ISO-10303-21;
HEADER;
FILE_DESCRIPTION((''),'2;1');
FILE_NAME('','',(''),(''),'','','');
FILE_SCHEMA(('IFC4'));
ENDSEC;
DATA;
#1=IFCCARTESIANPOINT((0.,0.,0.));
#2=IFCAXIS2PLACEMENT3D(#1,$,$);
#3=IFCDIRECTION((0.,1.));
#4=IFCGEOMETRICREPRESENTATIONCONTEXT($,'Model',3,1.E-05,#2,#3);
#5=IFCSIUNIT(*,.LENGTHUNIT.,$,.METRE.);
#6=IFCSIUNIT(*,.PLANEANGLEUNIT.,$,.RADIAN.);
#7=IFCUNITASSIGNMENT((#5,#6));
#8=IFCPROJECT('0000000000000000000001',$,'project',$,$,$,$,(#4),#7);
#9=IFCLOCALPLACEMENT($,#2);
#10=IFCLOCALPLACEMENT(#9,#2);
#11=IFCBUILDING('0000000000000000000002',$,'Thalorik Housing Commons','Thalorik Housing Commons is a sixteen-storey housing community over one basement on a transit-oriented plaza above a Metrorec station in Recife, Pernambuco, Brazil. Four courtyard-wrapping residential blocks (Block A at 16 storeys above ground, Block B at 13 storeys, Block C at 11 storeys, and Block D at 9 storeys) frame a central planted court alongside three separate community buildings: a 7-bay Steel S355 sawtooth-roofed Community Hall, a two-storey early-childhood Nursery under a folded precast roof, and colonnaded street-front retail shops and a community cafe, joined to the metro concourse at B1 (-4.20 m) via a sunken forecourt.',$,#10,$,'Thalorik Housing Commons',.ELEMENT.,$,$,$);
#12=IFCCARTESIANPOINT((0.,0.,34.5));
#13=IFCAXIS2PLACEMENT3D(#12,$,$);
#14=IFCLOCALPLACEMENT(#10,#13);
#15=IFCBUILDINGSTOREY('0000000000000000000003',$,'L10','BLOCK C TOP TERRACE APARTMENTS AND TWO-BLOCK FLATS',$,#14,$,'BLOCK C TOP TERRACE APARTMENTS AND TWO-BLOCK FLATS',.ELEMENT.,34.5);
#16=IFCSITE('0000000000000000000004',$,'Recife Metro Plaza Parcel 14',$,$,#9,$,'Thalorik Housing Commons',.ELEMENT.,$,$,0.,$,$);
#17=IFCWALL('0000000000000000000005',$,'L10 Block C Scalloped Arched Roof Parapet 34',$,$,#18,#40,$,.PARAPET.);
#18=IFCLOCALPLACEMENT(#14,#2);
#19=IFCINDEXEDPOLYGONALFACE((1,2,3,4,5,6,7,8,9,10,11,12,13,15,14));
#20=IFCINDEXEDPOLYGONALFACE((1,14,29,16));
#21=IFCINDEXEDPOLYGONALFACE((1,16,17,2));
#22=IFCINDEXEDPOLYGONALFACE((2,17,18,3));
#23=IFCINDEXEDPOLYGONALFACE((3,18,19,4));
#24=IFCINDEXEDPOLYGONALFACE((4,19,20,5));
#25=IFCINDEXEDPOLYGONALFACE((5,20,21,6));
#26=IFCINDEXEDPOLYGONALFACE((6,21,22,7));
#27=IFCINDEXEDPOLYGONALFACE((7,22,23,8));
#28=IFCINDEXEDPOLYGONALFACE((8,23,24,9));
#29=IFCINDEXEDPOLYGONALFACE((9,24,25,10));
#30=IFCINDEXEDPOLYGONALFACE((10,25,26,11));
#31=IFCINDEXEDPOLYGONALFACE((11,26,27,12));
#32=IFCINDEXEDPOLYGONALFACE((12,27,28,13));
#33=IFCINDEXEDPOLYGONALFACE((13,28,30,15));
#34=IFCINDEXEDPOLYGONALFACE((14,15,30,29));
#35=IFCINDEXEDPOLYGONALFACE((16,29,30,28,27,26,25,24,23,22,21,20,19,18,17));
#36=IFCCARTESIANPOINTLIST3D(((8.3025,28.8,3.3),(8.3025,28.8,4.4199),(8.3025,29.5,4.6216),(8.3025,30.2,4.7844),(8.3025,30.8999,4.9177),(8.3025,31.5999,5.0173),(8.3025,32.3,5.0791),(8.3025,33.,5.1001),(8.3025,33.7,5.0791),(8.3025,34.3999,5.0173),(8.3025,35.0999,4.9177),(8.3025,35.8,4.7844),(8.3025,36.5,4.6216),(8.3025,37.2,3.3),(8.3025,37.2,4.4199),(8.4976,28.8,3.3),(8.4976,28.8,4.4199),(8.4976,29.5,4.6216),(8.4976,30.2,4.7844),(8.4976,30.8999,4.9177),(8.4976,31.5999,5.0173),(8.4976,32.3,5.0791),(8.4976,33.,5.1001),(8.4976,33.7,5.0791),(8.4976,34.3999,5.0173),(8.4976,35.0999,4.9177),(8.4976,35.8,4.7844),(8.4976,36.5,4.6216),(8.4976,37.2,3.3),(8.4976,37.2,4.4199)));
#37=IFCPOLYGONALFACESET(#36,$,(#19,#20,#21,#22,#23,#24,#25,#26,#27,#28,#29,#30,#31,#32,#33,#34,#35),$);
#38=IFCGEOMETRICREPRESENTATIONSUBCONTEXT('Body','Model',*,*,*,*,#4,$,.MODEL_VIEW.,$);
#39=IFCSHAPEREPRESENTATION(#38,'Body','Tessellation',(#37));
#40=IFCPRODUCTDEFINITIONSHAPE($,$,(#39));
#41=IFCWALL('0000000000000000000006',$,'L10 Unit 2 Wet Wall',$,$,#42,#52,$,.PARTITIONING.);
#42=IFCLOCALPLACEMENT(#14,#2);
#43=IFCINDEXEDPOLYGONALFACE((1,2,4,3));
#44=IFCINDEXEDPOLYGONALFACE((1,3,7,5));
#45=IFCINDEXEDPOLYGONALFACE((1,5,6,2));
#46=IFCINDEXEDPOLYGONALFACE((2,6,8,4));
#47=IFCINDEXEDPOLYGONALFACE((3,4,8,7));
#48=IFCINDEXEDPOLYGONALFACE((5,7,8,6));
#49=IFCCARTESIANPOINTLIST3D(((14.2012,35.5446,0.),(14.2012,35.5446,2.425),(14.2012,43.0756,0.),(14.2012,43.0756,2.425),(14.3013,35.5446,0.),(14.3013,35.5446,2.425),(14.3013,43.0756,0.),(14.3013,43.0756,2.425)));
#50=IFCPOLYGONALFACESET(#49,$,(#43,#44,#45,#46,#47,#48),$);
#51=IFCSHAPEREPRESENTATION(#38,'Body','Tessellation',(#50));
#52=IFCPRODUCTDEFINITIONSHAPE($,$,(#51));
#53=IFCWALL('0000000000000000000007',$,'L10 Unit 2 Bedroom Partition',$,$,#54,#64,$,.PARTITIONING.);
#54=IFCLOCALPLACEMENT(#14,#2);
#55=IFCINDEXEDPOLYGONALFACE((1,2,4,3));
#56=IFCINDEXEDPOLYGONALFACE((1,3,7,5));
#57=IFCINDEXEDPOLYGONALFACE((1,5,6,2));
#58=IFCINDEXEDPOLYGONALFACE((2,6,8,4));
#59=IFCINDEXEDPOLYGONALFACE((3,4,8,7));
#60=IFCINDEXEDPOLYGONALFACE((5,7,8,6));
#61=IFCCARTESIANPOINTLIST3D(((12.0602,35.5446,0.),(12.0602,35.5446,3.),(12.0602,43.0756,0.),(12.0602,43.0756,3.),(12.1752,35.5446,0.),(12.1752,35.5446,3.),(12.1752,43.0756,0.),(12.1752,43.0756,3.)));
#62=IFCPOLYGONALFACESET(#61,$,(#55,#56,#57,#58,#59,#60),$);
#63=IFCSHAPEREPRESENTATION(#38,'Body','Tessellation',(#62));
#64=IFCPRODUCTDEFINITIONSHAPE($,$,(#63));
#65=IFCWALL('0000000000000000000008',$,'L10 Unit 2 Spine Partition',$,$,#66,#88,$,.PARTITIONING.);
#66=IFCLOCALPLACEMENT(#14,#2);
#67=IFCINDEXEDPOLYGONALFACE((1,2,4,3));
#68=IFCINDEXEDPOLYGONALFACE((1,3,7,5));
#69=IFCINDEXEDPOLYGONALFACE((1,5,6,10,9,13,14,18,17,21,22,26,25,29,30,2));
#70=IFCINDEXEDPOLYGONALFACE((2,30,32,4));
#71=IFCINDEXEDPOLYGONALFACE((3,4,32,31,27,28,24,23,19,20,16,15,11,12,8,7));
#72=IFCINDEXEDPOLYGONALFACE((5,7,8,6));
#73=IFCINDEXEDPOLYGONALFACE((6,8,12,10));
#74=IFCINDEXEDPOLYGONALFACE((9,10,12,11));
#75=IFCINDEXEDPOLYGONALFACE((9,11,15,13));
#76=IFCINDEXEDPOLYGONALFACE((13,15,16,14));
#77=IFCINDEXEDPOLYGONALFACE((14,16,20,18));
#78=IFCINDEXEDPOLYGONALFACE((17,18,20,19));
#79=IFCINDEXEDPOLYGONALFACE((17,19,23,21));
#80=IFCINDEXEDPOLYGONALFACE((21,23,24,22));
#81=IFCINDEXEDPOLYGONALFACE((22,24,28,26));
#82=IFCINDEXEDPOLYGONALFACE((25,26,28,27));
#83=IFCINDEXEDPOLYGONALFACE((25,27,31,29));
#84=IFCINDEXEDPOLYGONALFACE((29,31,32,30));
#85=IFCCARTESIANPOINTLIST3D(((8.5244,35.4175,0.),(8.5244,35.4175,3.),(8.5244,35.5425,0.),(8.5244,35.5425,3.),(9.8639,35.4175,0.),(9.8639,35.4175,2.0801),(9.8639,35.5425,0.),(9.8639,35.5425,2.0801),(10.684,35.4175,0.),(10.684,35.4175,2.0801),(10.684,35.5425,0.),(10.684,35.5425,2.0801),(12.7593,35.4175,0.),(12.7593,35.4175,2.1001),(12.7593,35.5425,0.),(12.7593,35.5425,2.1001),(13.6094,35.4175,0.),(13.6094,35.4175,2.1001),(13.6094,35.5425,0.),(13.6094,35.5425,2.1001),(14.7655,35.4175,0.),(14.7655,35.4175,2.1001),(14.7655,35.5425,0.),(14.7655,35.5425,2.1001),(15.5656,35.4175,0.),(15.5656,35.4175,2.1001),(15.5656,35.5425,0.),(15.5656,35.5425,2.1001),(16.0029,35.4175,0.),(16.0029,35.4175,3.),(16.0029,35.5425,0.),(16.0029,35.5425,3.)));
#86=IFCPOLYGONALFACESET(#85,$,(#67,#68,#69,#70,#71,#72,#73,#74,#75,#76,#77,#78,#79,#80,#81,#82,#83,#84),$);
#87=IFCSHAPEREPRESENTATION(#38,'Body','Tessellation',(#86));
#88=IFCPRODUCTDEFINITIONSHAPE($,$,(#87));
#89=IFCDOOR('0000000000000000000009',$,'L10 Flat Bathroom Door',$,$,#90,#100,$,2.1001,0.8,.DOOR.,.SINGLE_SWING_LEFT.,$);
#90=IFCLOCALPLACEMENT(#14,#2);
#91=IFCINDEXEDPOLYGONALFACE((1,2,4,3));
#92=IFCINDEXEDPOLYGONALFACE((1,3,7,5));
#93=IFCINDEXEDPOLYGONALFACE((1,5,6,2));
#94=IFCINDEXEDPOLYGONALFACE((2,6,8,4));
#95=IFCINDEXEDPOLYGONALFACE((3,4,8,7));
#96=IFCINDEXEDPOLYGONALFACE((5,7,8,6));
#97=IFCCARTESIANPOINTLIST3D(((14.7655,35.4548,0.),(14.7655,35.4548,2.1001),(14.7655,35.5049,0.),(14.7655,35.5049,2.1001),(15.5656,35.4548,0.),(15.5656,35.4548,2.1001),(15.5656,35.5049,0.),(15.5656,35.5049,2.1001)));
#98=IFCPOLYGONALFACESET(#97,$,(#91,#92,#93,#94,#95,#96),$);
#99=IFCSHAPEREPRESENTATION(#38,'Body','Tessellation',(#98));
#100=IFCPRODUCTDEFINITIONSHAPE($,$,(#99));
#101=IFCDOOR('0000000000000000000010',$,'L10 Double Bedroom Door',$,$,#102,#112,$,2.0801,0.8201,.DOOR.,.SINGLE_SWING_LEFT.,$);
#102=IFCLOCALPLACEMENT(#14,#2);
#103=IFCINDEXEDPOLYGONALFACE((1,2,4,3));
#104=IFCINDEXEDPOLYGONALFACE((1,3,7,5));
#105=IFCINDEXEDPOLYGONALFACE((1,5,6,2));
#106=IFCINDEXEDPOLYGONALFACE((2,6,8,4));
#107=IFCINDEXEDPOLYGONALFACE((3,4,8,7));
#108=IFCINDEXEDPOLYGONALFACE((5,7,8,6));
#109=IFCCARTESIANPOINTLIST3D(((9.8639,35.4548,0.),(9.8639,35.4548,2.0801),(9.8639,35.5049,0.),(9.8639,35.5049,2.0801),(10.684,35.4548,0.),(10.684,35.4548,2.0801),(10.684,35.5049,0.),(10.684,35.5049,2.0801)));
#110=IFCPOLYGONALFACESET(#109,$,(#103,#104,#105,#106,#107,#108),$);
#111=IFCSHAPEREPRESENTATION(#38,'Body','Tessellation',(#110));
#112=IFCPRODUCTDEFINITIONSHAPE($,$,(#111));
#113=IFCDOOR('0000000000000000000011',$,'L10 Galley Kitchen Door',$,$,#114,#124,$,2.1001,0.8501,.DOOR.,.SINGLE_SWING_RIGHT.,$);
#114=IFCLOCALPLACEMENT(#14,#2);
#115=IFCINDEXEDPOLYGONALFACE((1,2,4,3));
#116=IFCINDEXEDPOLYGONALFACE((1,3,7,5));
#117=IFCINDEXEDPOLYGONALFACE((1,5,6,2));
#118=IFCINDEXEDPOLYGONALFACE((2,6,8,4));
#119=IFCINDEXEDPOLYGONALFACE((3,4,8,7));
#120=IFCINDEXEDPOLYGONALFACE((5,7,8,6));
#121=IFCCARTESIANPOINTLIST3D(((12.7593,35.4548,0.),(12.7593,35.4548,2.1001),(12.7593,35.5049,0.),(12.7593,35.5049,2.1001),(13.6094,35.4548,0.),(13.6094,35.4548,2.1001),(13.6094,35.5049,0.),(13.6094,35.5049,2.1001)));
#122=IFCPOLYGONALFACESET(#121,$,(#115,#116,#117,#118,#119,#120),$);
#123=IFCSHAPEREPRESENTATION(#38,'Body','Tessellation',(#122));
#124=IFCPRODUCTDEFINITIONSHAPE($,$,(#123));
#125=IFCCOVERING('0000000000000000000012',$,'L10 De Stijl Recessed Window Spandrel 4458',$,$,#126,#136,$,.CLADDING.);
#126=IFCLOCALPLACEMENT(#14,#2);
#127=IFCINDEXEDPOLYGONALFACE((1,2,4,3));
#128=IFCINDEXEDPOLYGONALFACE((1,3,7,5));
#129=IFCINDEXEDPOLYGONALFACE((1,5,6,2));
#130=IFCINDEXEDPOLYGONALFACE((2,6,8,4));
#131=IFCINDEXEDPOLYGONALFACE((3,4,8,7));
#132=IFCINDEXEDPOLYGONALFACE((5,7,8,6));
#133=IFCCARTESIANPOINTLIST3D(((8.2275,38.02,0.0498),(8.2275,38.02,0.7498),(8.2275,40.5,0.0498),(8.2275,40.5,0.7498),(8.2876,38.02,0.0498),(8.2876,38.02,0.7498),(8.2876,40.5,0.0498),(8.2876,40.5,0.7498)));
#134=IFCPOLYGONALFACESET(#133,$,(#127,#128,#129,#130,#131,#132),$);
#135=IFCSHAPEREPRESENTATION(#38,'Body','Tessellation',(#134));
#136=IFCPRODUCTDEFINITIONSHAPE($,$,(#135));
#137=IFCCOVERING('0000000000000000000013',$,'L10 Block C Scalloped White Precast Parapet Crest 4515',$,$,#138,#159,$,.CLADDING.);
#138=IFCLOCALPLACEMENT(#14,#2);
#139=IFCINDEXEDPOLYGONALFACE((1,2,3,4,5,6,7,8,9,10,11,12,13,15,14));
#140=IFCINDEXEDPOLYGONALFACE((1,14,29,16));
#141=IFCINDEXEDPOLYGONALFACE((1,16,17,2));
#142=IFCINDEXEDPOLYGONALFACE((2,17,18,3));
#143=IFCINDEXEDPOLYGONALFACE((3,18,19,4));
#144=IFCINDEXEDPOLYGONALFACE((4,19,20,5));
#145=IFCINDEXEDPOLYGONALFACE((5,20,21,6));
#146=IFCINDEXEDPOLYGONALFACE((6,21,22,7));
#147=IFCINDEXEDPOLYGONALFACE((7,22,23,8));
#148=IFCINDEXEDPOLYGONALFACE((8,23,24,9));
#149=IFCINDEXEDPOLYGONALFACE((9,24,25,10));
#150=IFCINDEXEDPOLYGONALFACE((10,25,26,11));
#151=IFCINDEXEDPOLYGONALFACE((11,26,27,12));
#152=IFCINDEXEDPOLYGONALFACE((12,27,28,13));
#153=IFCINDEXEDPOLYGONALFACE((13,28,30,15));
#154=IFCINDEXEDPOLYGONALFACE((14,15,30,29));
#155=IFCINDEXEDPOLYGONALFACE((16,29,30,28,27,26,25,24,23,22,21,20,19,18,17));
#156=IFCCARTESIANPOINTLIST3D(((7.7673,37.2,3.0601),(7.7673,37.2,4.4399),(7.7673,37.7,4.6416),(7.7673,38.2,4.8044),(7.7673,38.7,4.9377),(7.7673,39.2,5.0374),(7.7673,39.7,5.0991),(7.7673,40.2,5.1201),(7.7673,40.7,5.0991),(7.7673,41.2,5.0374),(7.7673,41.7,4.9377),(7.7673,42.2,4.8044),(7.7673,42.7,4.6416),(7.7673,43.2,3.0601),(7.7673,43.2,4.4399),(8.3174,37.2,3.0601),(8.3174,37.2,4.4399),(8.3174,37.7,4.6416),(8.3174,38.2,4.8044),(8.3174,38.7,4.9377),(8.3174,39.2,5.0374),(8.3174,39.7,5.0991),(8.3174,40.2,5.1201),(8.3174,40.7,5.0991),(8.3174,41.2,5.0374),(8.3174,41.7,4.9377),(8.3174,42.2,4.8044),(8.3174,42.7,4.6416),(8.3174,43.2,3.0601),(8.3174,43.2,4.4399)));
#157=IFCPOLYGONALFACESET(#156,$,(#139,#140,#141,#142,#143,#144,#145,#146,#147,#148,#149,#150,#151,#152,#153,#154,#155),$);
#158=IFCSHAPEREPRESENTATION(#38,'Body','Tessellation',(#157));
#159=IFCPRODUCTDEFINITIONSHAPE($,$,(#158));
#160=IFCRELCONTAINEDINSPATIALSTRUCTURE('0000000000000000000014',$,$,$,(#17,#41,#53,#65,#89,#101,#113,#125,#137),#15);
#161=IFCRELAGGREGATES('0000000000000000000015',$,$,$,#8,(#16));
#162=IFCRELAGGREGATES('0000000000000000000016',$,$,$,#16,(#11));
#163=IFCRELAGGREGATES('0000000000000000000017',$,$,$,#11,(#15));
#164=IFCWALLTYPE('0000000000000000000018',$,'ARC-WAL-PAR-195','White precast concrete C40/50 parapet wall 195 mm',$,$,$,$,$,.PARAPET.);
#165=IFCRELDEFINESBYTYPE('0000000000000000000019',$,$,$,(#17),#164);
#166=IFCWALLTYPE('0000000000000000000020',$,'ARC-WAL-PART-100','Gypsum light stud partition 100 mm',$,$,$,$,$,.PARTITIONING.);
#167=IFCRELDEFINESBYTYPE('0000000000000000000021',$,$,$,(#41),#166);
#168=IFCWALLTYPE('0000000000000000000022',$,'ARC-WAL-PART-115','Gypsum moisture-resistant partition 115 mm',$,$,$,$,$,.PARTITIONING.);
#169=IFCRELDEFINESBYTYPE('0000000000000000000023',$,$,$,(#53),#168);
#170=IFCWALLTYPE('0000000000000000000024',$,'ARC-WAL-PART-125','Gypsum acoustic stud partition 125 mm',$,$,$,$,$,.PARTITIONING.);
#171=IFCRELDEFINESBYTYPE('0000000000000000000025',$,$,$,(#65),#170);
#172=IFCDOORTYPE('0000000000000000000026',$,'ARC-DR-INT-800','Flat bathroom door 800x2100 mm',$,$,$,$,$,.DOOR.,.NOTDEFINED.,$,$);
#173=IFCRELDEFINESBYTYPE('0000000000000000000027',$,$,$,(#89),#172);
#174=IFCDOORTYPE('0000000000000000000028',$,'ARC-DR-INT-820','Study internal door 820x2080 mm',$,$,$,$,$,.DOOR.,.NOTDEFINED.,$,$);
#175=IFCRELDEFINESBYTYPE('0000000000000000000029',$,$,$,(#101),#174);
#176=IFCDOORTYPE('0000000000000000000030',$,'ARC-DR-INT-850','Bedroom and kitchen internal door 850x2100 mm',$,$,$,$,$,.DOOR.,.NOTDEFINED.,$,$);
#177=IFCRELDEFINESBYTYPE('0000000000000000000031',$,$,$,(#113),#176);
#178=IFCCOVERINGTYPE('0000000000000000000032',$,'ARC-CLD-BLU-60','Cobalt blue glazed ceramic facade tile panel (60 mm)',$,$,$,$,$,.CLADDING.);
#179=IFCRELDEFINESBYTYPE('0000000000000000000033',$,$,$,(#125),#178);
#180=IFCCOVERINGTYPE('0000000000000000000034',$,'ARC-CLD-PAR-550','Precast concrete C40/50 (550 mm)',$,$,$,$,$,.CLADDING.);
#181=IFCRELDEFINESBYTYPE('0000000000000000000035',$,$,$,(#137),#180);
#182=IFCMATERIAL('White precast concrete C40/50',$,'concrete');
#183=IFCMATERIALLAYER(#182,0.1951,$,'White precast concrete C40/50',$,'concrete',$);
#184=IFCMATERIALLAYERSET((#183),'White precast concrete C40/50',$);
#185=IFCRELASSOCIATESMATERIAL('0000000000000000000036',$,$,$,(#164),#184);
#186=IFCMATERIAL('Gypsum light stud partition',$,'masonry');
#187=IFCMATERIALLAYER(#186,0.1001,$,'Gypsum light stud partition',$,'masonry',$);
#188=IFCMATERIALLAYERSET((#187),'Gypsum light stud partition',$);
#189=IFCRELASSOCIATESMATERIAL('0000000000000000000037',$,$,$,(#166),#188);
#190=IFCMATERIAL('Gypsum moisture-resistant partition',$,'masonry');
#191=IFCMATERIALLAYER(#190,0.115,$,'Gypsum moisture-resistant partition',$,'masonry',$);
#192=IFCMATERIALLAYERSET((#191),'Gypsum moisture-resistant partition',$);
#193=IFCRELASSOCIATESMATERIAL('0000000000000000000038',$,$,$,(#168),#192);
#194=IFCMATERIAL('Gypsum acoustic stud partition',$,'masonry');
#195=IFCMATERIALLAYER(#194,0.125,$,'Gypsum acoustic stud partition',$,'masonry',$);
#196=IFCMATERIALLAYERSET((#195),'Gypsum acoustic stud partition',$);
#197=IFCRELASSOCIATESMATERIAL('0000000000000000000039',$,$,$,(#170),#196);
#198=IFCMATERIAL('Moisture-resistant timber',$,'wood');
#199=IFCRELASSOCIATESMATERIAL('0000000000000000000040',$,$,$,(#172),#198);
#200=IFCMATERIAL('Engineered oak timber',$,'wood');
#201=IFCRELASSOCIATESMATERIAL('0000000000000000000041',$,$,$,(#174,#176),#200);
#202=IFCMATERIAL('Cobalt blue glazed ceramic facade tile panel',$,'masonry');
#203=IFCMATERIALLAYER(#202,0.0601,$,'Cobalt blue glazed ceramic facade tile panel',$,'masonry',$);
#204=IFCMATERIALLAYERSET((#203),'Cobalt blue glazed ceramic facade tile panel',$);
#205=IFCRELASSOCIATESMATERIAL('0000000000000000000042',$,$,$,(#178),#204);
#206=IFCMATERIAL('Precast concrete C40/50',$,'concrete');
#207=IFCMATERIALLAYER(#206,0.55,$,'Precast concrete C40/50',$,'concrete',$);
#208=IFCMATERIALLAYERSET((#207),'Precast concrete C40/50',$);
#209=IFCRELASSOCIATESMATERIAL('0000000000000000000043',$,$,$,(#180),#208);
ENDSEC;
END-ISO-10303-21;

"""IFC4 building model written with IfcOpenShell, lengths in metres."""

from ifc_helpers import new_model, si_unit, direction, frame, frame_2d, origin, origin_2d, place, context, subcontext, project, spatial, polyline, rectangle, outline, extrude, material, layer, layer_set, type_object, element, fill, save


model = new_model("IFC4")

# Units and contexts
model_context = context("Model", 3, precision=1e-05, world=origin(), true_north=direction((0.0, 1.0)))
body_context = subcontext(model_context, "Body", "Model", "MODEL_VIEW")
ifc_project = project(units=[si_unit("LENGTHUNIT", "METRE"), si_unit("PLANEANGLEUNIT", "RADIAN")], contexts=[model_context])

# Site, building, storey
site_placement = place(None, origin())
site = spatial("IfcSite", under=ifc_project, at=site_placement, Name="Recife Metro Plaza Parcel 14", LongName="Thalorik Housing Commons", CompositionType="ELEMENT", RefElevation=0.0)
building_placement = place(site_placement, origin())
building = spatial("IfcBuilding", under=site, at=building_placement, Name="Thalorik Housing Commons", Description="Thalorik Housing Commons is a sixteen-storey housing community over one basement on a transit-oriented plaza above a Metrorec station in Recife, Pernambuco, Brazil. Four courtyard-wrapping residential blocks (Block A at 16 storeys above ground, Block B at 13 storeys, Block C at 11 storeys, and Block D at 9 storeys) frame a central planted court alongside three separate community buildings: a 7-bay Steel S355 sawtooth-roofed Community Hall, a two-storey early-childhood Nursery under a folded precast roof, and colonnaded street-front retail shops and a community cafe, joined to the metro concourse at B1 (-4.20 m) via a sunken forecourt.", LongName="Thalorik Housing Commons", CompositionType="ELEMENT")
storey_placement = place(building_placement, frame((0.0, 0.0, 34.5)))
storey = spatial("IfcBuildingStorey", under=building, at=storey_placement, Name="L10", Description="BLOCK C TOP TERRACE APARTMENTS AND TWO-BLOCK FLATS", LongName="BLOCK C TOP TERRACE APARTMENTS AND TWO-BLOCK FLATS", CompositionType="ELEMENT", Elevation=34.5)

# Shared definitions
ifc_material_1 = material(Name="Precast concrete C40/50", Category="concrete")

# Shared definitions
ifc_material_2 = material(Name="White precast concrete C40/50", Category="concrete")

# Walls
ifc_layer_1 = layer(ifc_material_2, 0.1951, Name="White precast concrete C40/50", Category="concrete")
ifc_layer_set_1 = layer_set([ifc_layer_1], Name="White precast concrete C40/50")
wall_type_1 = type_object("IfcWallType", Name="ARC-WAL-PAR-195", Description="White precast concrete C40/50 parapet wall 195 mm", PredefinedType="PARAPET", material=ifc_layer_set_1)
wall_1_placement = place(storey_placement, frame((8.3999, 37.2, 3.3), z_axis=(0.0, 0.0, 1.0), x_axis=(0.0, -1.0, 0.0)))
element("IfcWall", 1, at=wall_1_placement, inside=storey, type_object=wall_type_1, Name="L10 Block C Scalloped Arched Roof Parapet 34", PredefinedType="PARAPET", context=body_context, shape_type="SweptSolid", body=[
    extrude(outline(polyline([(0.0, 0.0), (8.3999, 0.0), (8.3999, 1.1199), (7.7, 1.3215), (7.0, 1.4844), (6.3, 1.6177), (5.6001, 1.7173), (4.8999, 1.7791), (4.2, 1.8), (3.5, 1.7791), (2.8, 1.7173), (2.1001, 1.6177), (1.3999, 1.4844), (0.7, 1.3215), (0.0, 1.1199), (0.0, 0.0)])), frame((0.0, 0.0977, 0.0), z_axis=(0.0, -1.0, 0.0), x_axis=(1.0, 0.0, 0.0)), (0.0, 0.0, 1.0), 0.1951),
])
ifc_material_3 = material(Name="Gypsum light stud partition", Category="masonry")
ifc_layer_2 = layer(ifc_material_3, 0.1001, Name="Gypsum light stud partition", Category="masonry")
ifc_layer_set_2 = layer_set([ifc_layer_2], Name="Gypsum light stud partition")
wall_type_2 = type_object("IfcWallType", Name="ARC-WAL-PART-100", Description="Gypsum light stud partition 100 mm", PredefinedType="PARTITIONING", material=ifc_layer_set_2)
wall_2_placement = place(storey_placement, frame((14.2512, 35.5444, 0.0), z_axis=(0.0, 0.0, 1.0), x_axis=(0.0, 1.0, 0.0)))
element("IfcWall", 2, at=wall_2_placement, inside=storey, type_object=wall_type_2, Name="L10 Unit 2 Wet Wall", PredefinedType="PARTITIONING", context=body_context, shape_type="SweptSolid", body=[
    extrude(rectangle(XDim=7.531, YDim=0.1001, at=frame_2d((3.7656, 0.0))), origin(), (0.0, 0.0, 1.0), 2.425),
])
ifc_material_4 = material(Name="Gypsum moisture-resistant partition", Category="masonry")
ifc_layer_3 = layer(ifc_material_4, 0.115, Name="Gypsum moisture-resistant partition", Category="masonry")
ifc_layer_set_3 = layer_set([ifc_layer_3], Name="Gypsum moisture-resistant partition")
wall_type_3 = type_object("IfcWallType", Name="ARC-WAL-PART-115", Description="Gypsum moisture-resistant partition 115 mm", PredefinedType="PARTITIONING", material=ifc_layer_set_3)
wall_3_placement = place(storey_placement, frame((12.1177, 35.5444, 0.0), z_axis=(0.0, 0.0, 1.0), x_axis=(0.0, 1.0, 0.0)))
element("IfcWall", 3, at=wall_3_placement, inside=storey, type_object=wall_type_3, Name="L10 Unit 2 Bedroom Partition", PredefinedType="PARTITIONING", context=body_context, shape_type="SweptSolid", body=[
    extrude(rectangle(XDim=7.531, YDim=0.115, at=frame_2d((3.7656, 0.0))), origin(), (0.0, 0.0, 1.0), 3.0),
])

# Wall, openings, doors
ifc_material_5 = material(Name="Gypsum acoustic stud partition", Category="masonry")
ifc_layer_4 = layer(ifc_material_5, 0.125, Name="Gypsum acoustic stud partition", Category="masonry")
ifc_layer_set_4 = layer_set([ifc_layer_4], Name="Gypsum acoustic stud partition")
wall_type_4 = type_object("IfcWallType", Name="ARC-WAL-PART-125", Description="Gypsum acoustic stud partition 125 mm", PredefinedType="PARTITIONING", material=ifc_layer_set_4)
wall_4_placement = place(storey_placement, frame((8.5244, 35.48, 0.0), z_axis=(0.0, 0.0, 1.0), x_axis=(1.0, 0.0, 0.0)))
wall_4 = element("IfcWall", 4, at=wall_4_placement, inside=storey, type_object=wall_type_4, Name="L10 Unit 2 Spine Partition", PredefinedType="PARTITIONING", context=body_context, shape_type="SweptSolid", body=[
    extrude(rectangle(XDim=7.4785, YDim=0.125, at=frame_2d((3.7393, 0.0))), origin(), (0.0, 0.0, 1.0), 3.0),
])
opening_1_placement = place(wall_4_placement, frame((1.3394, 0.0, 0.0)))
opening_1 = element("IfcOpeningElement", 5, at=opening_1_placement, cuts=wall_4, PredefinedType="OPENING", context=body_context, shape_type="SweptSolid", body=[
    extrude(rectangle(XDim=0.8201, YDim=2.0801, at=frame_2d((0.4102, 1.04))), frame((0.0, 0.0725, 0.0), z_axis=(0.0, -1.0, 0.0), x_axis=(1.0, 0.0, 0.0)), (0.0, 0.0, 1.0), 0.145),
])
opening_2_placement = place(wall_4_placement, frame((4.2349, 0.0, 0.0)))
opening_2 = element("IfcOpeningElement", 6, at=opening_2_placement, cuts=wall_4, PredefinedType="OPENING", context=body_context, shape_type="SweptSolid", body=[
    extrude(rectangle(XDim=0.8501, YDim=2.1001, at=frame_2d((0.425, 1.05))), frame((0.0, 0.0725, 0.0), z_axis=(0.0, -1.0, 0.0), x_axis=(1.0, 0.0, 0.0)), (0.0, 0.0, 1.0), 0.145),
])
opening_3_placement = place(wall_4_placement, frame((6.2412, 0.0, 0.0)))
opening_3 = element("IfcOpeningElement", 7, at=opening_3_placement, cuts=wall_4, PredefinedType="OPENING", context=body_context, shape_type="SweptSolid", body=[
    extrude(rectangle(XDim=0.8, YDim=2.1001, at=frame_2d((0.3999, 1.05))), frame((0.0, 0.0725, 0.0), z_axis=(0.0, -1.0, 0.0), x_axis=(1.0, 0.0, 0.0)), (0.0, 0.0, 1.0), 0.145),
])
ifc_material_6 = material(Name="Moisture-resistant timber", Category="wood")
door_type_1 = type_object("IfcDoorType", Name="ARC-DR-INT-800", Description="Flat bathroom door 800x2100 mm", OperationType="NOTDEFINED", PredefinedType="DOOR", material=ifc_material_6)
door_1_placement = place(opening_3_placement, origin())
door_1 = element("IfcDoor", 8, at=door_1_placement, inside=storey, type_object=door_type_1, Name="L10 Flat Bathroom Door", OperationType="SINGLE_SWING_LEFT", OverallHeight=2.1001, OverallWidth=0.8, PredefinedType="DOOR", context=body_context, shape_type="SweptSolid", body=[
    extrude(rectangle(XDim=0.8, YDim=2.1001, at=frame_2d((0.3999, 1.05))), frame((0.0, 0.0249, 0.0), z_axis=(0.0, -1.0, 0.0), x_axis=(1.0, 0.0, 0.0)), (0.0, 0.0, 1.0), 0.05),
])
fill(opening_3, door_1)
ifc_material_7 = material(Name="Engineered oak timber", Category="wood")
door_type_2 = type_object("IfcDoorType", Name="ARC-DR-INT-820", Description="Study internal door 820x2080 mm", OperationType="NOTDEFINED", PredefinedType="DOOR", material=ifc_material_7)
door_2_placement = place(opening_1_placement, origin())
door_2 = element("IfcDoor", 9, at=door_2_placement, inside=storey, type_object=door_type_2, Name="L10 Double Bedroom Door", OperationType="SINGLE_SWING_LEFT", OverallHeight=2.0801, OverallWidth=0.8201, PredefinedType="DOOR", context=body_context, shape_type="SweptSolid", body=[
    extrude(rectangle(XDim=0.8201, YDim=2.0801, at=frame_2d((0.4102, 1.04))), frame((0.0, 0.0249, 0.0), z_axis=(0.0, -1.0, 0.0), x_axis=(1.0, 0.0, 0.0)), (0.0, 0.0, 1.0), 0.05),
])
fill(opening_1, door_2)
door_type_3 = type_object("IfcDoorType", Name="ARC-DR-INT-850", Description="Bedroom and kitchen internal door 850x2100 mm", OperationType="NOTDEFINED", PredefinedType="DOOR", material=ifc_material_7)
door_3_placement = place(opening_2_placement, origin())
door_3 = element("IfcDoor", 10, at=door_3_placement, inside=storey, type_object=door_type_3, Name="L10 Galley Kitchen Door", OperationType="SINGLE_SWING_RIGHT", OverallHeight=2.1001, OverallWidth=0.8501, PredefinedType="DOOR", context=body_context, shape_type="SweptSolid", body=[
    extrude(rectangle(XDim=0.8501, YDim=2.1001, at=frame_2d((0.425, 1.05))), frame((0.0, 0.0249, 0.0), z_axis=(0.0, -1.0, 0.0), x_axis=(1.0, 0.0, 0.0)), (0.0, 0.0, 1.0), 0.05),
])
fill(opening_2, door_3)

# Coverings
ifc_material_8 = material(Name="Cobalt blue glazed ceramic facade tile panel", Category="masonry")
ifc_layer_5 = layer(ifc_material_8, 0.0601, Name="Cobalt blue glazed ceramic facade tile panel", Category="masonry")
ifc_layer_set_5 = layer_set([ifc_layer_5], Name="Cobalt blue glazed ceramic facade tile panel")
covering_type_1 = type_object("IfcCoveringType", Name="ARC-CLD-BLU-60", Description="Cobalt blue glazed ceramic facade tile panel (60 mm)", PredefinedType="CLADDING", material=ifc_layer_set_5)
covering_1_placement = place(storey_placement, frame((8.2576, 39.26, 0.0498), z_axis=(0.0, 0.0, 1.0), x_axis=(0.0, -1.0, 0.0)))
element("IfcCovering", 11, at=covering_1_placement, inside=storey, type_object=covering_type_1, Name="L10 De Stijl Recessed Window Spandrel 4458", PredefinedType="CLADDING", context=body_context, shape_type="SweptSolid", body=[
    extrude(rectangle(XDim=2.48, YDim=0.0601, at=origin_2d()), origin(), (0.0, 0.0, 1.0), 0.7),
])
ifc_layer_6 = layer(ifc_material_1, 0.55, Name="Precast concrete C40/50", Category="concrete")
ifc_layer_set_6 = layer_set([ifc_layer_6], Name="Precast concrete C40/50")
covering_type_2 = type_object("IfcCoveringType", Name="ARC-CLD-PAR-550", Description="Precast concrete C40/50 (550 mm)", PredefinedType="CLADDING", material=ifc_layer_set_6)
covering_2_placement = place(storey_placement, frame((8.0425, 40.2, 3.0601), z_axis=(0.0, 0.0, 1.0), x_axis=(0.0, -1.0, 0.0)))
element("IfcCovering", 12, at=covering_2_placement, inside=storey, type_object=covering_type_2, Name="L10 Block C Scalloped White Precast Parapet Crest 4515", PredefinedType="CLADDING", context=body_context, shape_type="SweptSolid", body=[
    extrude(outline(polyline([(-3.0, 0.0), (3.0, 0.0), (3.0, 1.3799), (2.5, 1.5815), (2.0, 1.7444), (1.5, 1.8777), (1.0, 1.9773), (0.5, 2.0391), (0.0, 2.0601), (-0.5, 2.0391), (-1.0, 1.9773), (-1.5, 1.8777), (-2.0, 1.7444), (-2.5, 1.5815), (-3.0, 1.3799), (-3.0, 0.0)])), frame((0.0, 0.2749, 0.0), z_axis=(0.0, -1.0, 0.0), x_axis=(1.0, 0.0, 0.0)), (0.0, 0.0, 1.0), 0.55),
])

save(model, "model.ifc")
